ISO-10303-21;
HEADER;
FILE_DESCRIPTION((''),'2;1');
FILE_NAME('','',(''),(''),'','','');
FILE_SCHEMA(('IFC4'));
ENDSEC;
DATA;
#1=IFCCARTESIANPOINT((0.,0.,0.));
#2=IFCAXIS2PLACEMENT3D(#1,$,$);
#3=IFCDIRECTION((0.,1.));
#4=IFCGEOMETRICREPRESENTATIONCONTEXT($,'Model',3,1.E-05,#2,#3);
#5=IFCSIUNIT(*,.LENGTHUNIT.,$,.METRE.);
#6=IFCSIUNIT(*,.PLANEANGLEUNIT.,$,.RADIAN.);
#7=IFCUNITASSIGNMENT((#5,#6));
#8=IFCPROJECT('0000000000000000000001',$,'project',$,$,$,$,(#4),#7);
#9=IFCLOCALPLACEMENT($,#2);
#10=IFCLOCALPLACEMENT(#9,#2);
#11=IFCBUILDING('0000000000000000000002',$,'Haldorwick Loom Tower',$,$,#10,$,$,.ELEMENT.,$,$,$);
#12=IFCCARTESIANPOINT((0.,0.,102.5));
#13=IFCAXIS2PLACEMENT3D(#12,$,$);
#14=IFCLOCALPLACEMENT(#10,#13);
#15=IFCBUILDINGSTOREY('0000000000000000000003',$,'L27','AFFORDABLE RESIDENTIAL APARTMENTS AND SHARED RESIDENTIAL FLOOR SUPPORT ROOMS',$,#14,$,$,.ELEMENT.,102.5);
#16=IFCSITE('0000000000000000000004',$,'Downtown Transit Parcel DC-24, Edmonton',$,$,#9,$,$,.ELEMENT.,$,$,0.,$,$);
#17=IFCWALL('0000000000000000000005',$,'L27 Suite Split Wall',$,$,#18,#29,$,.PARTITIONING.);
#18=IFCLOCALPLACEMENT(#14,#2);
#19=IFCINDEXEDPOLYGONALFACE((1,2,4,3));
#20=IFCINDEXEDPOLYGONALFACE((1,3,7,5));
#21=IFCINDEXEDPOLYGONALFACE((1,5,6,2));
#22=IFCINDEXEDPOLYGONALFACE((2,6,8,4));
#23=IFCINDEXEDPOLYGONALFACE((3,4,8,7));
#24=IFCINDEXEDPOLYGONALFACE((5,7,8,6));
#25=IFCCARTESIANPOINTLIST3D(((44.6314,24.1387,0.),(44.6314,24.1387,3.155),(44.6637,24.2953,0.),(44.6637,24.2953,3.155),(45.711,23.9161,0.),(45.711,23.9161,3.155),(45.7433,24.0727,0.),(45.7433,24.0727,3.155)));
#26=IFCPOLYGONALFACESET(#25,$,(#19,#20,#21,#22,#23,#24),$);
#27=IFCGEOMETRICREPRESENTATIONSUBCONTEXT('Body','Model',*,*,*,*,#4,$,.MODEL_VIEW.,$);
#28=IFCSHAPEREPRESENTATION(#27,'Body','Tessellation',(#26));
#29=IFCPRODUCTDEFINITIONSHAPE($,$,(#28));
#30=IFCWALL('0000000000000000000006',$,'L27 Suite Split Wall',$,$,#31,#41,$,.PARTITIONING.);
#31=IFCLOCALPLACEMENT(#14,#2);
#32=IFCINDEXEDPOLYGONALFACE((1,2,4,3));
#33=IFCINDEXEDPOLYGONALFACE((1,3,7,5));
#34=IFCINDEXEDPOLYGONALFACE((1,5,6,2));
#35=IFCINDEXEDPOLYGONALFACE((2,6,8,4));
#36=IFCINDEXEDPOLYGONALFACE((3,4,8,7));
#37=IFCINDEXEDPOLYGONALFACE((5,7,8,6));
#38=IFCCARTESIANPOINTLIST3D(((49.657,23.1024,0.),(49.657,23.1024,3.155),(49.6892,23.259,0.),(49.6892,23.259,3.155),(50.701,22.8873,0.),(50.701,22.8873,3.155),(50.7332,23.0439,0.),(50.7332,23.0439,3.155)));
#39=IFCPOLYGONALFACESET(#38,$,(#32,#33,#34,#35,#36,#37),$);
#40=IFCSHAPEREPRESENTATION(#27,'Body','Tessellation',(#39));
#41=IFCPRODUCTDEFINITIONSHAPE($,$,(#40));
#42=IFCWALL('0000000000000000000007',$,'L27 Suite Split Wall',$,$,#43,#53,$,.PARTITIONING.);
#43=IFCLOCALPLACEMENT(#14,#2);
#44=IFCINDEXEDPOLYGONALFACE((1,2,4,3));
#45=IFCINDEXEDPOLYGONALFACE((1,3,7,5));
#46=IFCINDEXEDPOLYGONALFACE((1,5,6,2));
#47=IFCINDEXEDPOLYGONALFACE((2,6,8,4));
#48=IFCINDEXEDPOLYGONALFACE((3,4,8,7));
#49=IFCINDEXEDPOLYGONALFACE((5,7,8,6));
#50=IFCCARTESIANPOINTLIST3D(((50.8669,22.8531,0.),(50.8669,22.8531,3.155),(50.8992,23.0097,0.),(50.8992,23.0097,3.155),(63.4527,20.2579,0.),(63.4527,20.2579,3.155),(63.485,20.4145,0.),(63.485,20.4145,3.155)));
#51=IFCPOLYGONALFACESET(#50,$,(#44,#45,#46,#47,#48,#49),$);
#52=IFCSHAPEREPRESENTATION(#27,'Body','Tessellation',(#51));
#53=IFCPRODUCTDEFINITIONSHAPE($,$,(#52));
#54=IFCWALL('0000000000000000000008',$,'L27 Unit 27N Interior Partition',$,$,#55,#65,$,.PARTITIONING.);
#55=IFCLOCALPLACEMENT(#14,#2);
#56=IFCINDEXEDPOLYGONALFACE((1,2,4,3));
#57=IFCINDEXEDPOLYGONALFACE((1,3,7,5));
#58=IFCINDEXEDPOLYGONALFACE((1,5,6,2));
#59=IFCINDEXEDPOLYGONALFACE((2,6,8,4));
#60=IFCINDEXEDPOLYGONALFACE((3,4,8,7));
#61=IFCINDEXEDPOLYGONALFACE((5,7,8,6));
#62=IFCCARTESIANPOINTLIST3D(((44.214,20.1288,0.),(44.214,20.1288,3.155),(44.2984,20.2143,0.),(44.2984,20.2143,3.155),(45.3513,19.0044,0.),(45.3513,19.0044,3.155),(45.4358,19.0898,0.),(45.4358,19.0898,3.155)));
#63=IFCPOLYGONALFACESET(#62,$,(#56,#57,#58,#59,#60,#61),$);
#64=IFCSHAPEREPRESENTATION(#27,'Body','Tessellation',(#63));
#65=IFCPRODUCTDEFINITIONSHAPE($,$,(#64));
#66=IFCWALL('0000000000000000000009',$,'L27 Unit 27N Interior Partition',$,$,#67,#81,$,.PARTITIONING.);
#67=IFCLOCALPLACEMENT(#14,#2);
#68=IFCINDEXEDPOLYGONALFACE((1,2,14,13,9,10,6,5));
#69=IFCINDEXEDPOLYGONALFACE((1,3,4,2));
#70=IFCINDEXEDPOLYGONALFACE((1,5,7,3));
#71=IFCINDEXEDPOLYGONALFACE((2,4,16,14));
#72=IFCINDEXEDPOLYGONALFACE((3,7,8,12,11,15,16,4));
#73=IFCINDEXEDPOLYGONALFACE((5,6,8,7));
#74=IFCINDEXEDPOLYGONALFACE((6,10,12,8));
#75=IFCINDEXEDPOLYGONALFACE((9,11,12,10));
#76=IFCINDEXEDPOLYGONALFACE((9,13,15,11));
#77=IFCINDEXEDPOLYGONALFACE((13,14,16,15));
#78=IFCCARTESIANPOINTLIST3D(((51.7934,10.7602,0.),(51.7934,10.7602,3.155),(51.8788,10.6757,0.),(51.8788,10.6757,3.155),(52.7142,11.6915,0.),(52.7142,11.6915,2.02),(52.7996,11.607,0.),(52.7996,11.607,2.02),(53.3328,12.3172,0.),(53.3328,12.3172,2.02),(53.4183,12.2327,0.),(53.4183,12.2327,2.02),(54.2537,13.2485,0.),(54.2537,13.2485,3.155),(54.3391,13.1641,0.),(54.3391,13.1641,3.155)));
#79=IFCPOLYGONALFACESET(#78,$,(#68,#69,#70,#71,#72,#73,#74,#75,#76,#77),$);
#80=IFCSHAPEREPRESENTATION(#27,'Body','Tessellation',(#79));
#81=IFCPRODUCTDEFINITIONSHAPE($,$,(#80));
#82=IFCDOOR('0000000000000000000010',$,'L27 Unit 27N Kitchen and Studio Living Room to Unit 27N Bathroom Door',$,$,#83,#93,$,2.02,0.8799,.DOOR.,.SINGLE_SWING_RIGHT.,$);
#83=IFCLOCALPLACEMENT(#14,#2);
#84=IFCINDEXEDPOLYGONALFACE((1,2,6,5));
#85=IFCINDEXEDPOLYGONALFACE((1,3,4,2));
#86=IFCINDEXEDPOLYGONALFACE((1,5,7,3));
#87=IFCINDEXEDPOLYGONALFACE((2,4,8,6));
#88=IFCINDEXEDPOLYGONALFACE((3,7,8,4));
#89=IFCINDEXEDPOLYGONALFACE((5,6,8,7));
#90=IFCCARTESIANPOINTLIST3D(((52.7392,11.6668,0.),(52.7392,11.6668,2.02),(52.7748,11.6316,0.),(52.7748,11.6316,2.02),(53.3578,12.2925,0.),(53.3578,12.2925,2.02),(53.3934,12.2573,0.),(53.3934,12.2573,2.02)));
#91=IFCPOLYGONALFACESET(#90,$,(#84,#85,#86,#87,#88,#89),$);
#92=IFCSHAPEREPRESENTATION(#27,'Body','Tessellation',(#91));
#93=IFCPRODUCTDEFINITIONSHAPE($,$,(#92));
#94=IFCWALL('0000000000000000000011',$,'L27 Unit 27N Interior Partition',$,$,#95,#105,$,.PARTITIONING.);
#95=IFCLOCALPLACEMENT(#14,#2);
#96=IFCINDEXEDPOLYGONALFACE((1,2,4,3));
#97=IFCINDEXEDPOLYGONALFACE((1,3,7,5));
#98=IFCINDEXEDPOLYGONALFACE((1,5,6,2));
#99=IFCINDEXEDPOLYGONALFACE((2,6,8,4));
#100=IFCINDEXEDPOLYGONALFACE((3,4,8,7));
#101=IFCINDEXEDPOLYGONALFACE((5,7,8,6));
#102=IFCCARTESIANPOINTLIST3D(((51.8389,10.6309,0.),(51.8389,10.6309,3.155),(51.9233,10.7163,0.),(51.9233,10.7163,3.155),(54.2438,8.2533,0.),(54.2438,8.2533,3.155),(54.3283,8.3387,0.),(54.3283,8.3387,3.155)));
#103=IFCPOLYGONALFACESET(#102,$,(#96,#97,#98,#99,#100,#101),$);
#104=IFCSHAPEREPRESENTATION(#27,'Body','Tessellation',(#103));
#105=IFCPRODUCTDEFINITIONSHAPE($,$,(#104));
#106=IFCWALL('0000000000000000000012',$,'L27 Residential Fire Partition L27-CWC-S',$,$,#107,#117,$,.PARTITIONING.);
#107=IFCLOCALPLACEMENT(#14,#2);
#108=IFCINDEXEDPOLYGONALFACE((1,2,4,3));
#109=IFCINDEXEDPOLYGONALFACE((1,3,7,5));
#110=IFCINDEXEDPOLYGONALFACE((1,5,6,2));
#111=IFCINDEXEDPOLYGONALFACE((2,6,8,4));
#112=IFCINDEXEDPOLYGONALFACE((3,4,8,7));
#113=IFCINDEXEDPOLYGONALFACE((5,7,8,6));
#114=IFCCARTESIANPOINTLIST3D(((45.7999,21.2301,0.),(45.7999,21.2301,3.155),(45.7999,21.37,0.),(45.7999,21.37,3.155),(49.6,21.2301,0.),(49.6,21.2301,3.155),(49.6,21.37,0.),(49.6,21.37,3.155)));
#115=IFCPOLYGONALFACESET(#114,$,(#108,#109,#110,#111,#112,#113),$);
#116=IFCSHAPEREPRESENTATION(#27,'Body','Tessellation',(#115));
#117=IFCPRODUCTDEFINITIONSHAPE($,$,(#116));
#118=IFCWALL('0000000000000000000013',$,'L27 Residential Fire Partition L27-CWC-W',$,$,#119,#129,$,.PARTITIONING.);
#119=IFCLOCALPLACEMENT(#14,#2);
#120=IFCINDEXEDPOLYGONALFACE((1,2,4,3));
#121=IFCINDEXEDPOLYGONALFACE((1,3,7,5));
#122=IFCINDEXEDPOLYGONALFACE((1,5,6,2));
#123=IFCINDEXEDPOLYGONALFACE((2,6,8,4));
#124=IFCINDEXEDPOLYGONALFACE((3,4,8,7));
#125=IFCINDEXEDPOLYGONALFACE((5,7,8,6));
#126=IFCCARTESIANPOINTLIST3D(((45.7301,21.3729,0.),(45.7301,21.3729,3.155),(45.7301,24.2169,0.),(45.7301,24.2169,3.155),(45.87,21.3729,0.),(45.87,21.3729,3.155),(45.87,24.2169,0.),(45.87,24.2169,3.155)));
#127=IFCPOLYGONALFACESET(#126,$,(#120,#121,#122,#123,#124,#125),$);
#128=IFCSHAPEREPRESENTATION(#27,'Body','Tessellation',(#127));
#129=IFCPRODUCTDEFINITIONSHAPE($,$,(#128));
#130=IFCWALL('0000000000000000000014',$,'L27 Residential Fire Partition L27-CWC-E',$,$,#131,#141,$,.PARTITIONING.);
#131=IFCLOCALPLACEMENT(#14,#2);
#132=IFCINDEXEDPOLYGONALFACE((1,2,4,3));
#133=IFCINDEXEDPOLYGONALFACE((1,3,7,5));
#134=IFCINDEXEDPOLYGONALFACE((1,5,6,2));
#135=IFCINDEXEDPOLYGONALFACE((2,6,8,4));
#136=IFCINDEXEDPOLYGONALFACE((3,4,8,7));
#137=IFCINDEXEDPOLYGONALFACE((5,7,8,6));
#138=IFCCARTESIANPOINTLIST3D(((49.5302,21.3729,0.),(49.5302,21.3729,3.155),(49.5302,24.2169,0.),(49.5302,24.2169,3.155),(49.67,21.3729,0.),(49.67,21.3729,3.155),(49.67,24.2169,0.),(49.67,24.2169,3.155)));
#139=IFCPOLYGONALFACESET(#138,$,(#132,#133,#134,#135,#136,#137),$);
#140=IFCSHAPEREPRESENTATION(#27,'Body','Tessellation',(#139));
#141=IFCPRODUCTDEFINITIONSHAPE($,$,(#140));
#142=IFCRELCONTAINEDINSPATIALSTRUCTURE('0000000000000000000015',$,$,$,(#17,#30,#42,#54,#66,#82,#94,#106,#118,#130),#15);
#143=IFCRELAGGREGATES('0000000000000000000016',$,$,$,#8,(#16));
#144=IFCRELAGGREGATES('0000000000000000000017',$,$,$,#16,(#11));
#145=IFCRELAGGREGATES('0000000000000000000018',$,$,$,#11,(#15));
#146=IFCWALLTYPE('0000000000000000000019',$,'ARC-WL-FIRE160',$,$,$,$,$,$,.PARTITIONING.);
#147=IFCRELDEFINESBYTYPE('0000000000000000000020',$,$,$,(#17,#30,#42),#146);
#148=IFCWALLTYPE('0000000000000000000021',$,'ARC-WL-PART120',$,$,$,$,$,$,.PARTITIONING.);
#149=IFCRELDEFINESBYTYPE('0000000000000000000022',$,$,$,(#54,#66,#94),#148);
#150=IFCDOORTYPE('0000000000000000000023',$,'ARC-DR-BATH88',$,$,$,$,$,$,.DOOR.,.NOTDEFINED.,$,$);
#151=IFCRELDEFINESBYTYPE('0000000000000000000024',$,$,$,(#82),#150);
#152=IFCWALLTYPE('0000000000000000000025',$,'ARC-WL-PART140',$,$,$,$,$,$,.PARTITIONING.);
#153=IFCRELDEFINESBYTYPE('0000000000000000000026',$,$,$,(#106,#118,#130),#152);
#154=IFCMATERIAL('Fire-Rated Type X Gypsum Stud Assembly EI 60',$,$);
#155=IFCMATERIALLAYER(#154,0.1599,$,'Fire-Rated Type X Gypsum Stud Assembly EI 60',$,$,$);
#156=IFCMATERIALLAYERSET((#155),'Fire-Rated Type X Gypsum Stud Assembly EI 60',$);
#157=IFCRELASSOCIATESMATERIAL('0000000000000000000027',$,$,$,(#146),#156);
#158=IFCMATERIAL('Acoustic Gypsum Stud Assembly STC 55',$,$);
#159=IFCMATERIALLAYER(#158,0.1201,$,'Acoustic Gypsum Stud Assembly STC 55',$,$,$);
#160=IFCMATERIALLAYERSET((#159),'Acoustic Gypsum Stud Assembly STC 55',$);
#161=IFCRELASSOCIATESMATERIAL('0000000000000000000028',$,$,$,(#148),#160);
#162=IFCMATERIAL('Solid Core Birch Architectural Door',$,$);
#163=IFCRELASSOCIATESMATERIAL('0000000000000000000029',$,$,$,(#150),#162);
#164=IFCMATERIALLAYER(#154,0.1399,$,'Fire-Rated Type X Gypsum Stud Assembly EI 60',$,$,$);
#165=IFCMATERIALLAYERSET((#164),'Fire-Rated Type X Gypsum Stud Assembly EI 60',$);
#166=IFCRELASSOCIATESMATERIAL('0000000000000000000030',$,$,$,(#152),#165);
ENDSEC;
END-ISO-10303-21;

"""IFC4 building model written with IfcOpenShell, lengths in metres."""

from ifc_helpers import new_model, si_unit, direction, frame, frame_2d, origin, place, context, subcontext, project, spatial, rectangle, extrude, material, layer, layer_set, type_object, element, fill, save


model = new_model("IFC4")

# Units and contexts
model_context = context("Model", 3, precision=1e-05, world=origin(), true_north=direction((0.0, 1.0)))
body_context = subcontext(model_context, "Body", "Model", "MODEL_VIEW")
ifc_project = project(units=[si_unit("LENGTHUNIT", "METRE"), si_unit("PLANEANGLEUNIT", "RADIAN")], contexts=[model_context])

# Site, building, storey
site_placement = place(None, origin())
site = spatial("IfcSite", under=ifc_project, at=site_placement, Name="Downtown Transit Parcel DC-24, Edmonton", CompositionType="ELEMENT", RefElevation=0.0)
building_placement = place(site_placement, origin())
building = spatial("IfcBuilding", under=site, at=building_placement, Name="Haldorwick Loom Tower", CompositionType="ELEMENT")
storey_placement = place(building_placement, frame((0.0, 0.0, 102.5)))
storey = spatial("IfcBuildingStorey", under=building, at=storey_placement, Name="L27", Description="AFFORDABLE RESIDENTIAL APARTMENTS AND SHARED RESIDENTIAL FLOOR SUPPORT ROOMS", CompositionType="ELEMENT", Elevation=102.5)

# Walls
ifc_material_1 = material(Name="Fire-Rated Type X Gypsum Stud Assembly EI 60")
ifc_layer_1 = layer(ifc_material_1, 0.1599, Name="Fire-Rated Type X Gypsum Stud Assembly EI 60")
ifc_layer_set_1 = layer_set([ifc_layer_1], Name="Fire-Rated Type X Gypsum Stud Assembly EI 60")
wall_type_1 = type_object("IfcWallType", Name="ARC-WL-FIRE160", PredefinedType="PARTITIONING", material=ifc_layer_set_1)
wall_1_placement = place(storey_placement, frame((44.6475, 24.217, 0.0), z_axis=(0.0, 0.0, 1.0), x_axis=(0.979388, -0.20199, 0.0)))
element("IfcWall", 1, at=wall_1_placement, inside=storey, type_object=wall_type_1, Name="L27 Suite Split Wall", PredefinedType="PARTITIONING", context=body_context, shape_type="SweptSolid", body=[
    extrude(rectangle(XDim=1.1023, YDim=0.1599, at=frame_2d((0.5513, 0.0))), origin(), (0.0, 0.0, 1.0), 3.155),
])
wall_2_placement = place(storey_placement, frame((49.6731, 23.1807, 0.0), z_axis=(0.0, 0.0, 1.0), x_axis=(0.979428, -0.201795, 0.0)))
element("IfcWall", 2, at=wall_2_placement, inside=storey, type_object=wall_type_1, Name="L27 Suite Split Wall", PredefinedType="PARTITIONING", context=body_context, shape_type="SweptSolid", body=[
    extrude(rectangle(XDim=1.0659, YDim=0.1599, at=frame_2d((0.533, 0.0))), origin(), (0.0, 0.0, 1.0), 3.155),
])
wall_3_placement = place(storey_placement, frame((50.8831, 22.9314, 0.0), z_axis=(0.0, 0.0, 1.0), x_axis=(0.979395, -0.201955, 0.0)))
element("IfcWall", 3, at=wall_3_placement, inside=storey, type_object=wall_type_1, Name="L27 Suite Split Wall", PredefinedType="PARTITIONING", context=body_context, shape_type="SweptSolid", body=[
    extrude(rectangle(XDim=12.8506, YDim=0.1599, at=frame_2d((6.4253, 0.0))), origin(), (0.0, 0.0, 1.0), 3.155),
])
ifc_material_2 = material(Name="Acoustic Gypsum Stud Assembly STC 55")
ifc_layer_2 = layer(ifc_material_2, 0.1201, Name="Acoustic Gypsum Stud Assembly STC 55")
ifc_layer_set_2 = layer_set([ifc_layer_2], Name="Acoustic Gypsum Stud Assembly STC 55")
wall_type_2 = type_object("IfcWallType", Name="ARC-WL-PART120", PredefinedType="PARTITIONING", material=ifc_layer_set_2)
wall_4_placement = place(storey_placement, frame((44.2561, 20.1716, 0.0), z_axis=(0.0, 0.0, 1.0), x_axis=(0.71114, -0.70305, 0.0)))
element("IfcWall", 4, at=wall_4_placement, inside=storey, type_object=wall_type_2, Name="L27 Unit 27N Interior Partition", PredefinedType="PARTITIONING", context=body_context, shape_type="SweptSolid", body=[
    extrude(rectangle(XDim=1.5994, YDim=0.1201, at=frame_2d((0.7998, 0.0))), origin(), (0.0, 0.0, 1.0), 3.155),
])

# Wall, opening, door
wall_5_placement = place(storey_placement, frame((51.8362, 10.718, 0.0), z_axis=(0.0, 0.0, 1.0), x_axis=(0.703084, 0.711107, 0.0)))
wall_5 = element("IfcWall", 5, at=wall_5_placement, inside=storey, type_object=wall_type_2, Name="L27 Unit 27N Interior Partition", PredefinedType="PARTITIONING", context=body_context, shape_type="SweptSolid", body=[
    extrude(rectangle(XDim=3.4993, YDim=0.1201, at=frame_2d((1.7495, 0.0))), origin(), (0.0, 0.0, 1.0), 3.155),
])
opening_1_placement = place(wall_5_placement, frame((1.3096, 0.0, 0.0)))
opening_1 = element("IfcOpeningElement", 6, at=opening_1_placement, cuts=wall_5, PredefinedType="OPENING", context=body_context, shape_type="SweptSolid", body=[
    extrude(rectangle(XDim=0.8799, YDim=2.02, at=frame_2d((0.4399, 1.01))), frame((0.0, 0.0701, 0.0), z_axis=(0.0, -1.0, 0.0), x_axis=(1.0, 0.0, 0.0)), (0.0, 0.0, 1.0), 0.1401),
])
ifc_material_3 = material(Name="Solid Core Birch Architectural Door")
door_type_1 = type_object("IfcDoorType", Name="ARC-DR-BATH88", OperationType="NOTDEFINED", PredefinedType="DOOR", material=ifc_material_3)
door_1_placement = place(opening_1_placement, origin())
door_1 = element("IfcDoor", 7, at=door_1_placement, inside=storey, type_object=door_type_1, Name="L27 Unit 27N Kitchen and Studio Living Room to Unit 27N Bathroom Door", OperationType="SINGLE_SWING_RIGHT", OverallHeight=2.02, OverallWidth=0.8799, PredefinedType="DOOR", context=body_context, shape_type="SweptSolid", body=[
    extrude(rectangle(XDim=0.8799, YDim=2.02, at=frame_2d((0.4399, 1.01))), frame((0.0, 0.0249, 0.0), z_axis=(0.0, -1.0, 0.0), x_axis=(1.0, 0.0, 0.0)), (0.0, 0.0, 1.0), 0.05),
])
fill(opening_1, door_1)

# Walls
wall_6_placement = place(storey_placement, frame((51.8811, 10.6736, 0.0), z_axis=(0.0, 0.0, 1.0), x_axis=(0.711138, -0.703053, 0.0)))
element("IfcWall", 8, at=wall_6_placement, inside=storey, type_object=wall_type_2, Name="L27 Unit 27N Interior Partition", PredefinedType="PARTITIONING", context=body_context, shape_type="SweptSolid", body=[
    extrude(rectangle(XDim=3.3818, YDim=0.1201, at=frame_2d((1.6909, 0.0))), origin(), (0.0, 0.0, 1.0), 3.155),
])
ifc_layer_3 = layer(ifc_material_1, 0.1399, Name="Fire-Rated Type X Gypsum Stud Assembly EI 60")
ifc_layer_set_3 = layer_set([ifc_layer_3], Name="Fire-Rated Type X Gypsum Stud Assembly EI 60")
wall_type_3 = type_object("IfcWallType", Name="ARC-WL-PART140", PredefinedType="PARTITIONING", material=ifc_layer_set_3)
wall_7_placement = place(storey_placement, frame((45.8, 21.3, 0.0), z_axis=(0.0, 0.0, 1.0), x_axis=(1.0, 0.0, 0.0)))
element("IfcWall", 9, at=wall_7_placement, inside=storey, type_object=wall_type_3, Name="L27 Residential Fire Partition L27-CWC-S", PredefinedType="PARTITIONING", context=body_context, shape_type="SweptSolid", body=[
    extrude(rectangle(XDim=3.8, YDim=0.1399, at=frame_2d((1.8999, 0.0))), origin(), (0.0, 0.0, 1.0), 3.155),
])
for number, where, z_axis, x_axis, name in (
    (10, (45.8, 21.373, 0.0), (0.0, 0.0, 1.0), (0.0, 1.0, 0.0), "L27 Residential Fire Partition L27-CWC-W"),
    (11, (49.6001, 21.373, 0.0), (0.0, 0.0, 1.0), (0.0, 1.0, 0.0), "L27 Residential Fire Partition L27-CWC-E"),
):
    element("IfcWall", number, at=place(storey_placement, frame(where, z_axis=z_axis, x_axis=x_axis)), inside=storey, type_object=wall_type_3, Name=name, PredefinedType="PARTITIONING", context=body_context, shape_type="SweptSolid", body=[
        extrude(rectangle(XDim=2.844, YDim=0.1399, at=frame_2d((1.4219, 0.0))), origin(), (0.0, 0.0, 1.0), 3.155),
    ])

save(model, "model.ifc")
